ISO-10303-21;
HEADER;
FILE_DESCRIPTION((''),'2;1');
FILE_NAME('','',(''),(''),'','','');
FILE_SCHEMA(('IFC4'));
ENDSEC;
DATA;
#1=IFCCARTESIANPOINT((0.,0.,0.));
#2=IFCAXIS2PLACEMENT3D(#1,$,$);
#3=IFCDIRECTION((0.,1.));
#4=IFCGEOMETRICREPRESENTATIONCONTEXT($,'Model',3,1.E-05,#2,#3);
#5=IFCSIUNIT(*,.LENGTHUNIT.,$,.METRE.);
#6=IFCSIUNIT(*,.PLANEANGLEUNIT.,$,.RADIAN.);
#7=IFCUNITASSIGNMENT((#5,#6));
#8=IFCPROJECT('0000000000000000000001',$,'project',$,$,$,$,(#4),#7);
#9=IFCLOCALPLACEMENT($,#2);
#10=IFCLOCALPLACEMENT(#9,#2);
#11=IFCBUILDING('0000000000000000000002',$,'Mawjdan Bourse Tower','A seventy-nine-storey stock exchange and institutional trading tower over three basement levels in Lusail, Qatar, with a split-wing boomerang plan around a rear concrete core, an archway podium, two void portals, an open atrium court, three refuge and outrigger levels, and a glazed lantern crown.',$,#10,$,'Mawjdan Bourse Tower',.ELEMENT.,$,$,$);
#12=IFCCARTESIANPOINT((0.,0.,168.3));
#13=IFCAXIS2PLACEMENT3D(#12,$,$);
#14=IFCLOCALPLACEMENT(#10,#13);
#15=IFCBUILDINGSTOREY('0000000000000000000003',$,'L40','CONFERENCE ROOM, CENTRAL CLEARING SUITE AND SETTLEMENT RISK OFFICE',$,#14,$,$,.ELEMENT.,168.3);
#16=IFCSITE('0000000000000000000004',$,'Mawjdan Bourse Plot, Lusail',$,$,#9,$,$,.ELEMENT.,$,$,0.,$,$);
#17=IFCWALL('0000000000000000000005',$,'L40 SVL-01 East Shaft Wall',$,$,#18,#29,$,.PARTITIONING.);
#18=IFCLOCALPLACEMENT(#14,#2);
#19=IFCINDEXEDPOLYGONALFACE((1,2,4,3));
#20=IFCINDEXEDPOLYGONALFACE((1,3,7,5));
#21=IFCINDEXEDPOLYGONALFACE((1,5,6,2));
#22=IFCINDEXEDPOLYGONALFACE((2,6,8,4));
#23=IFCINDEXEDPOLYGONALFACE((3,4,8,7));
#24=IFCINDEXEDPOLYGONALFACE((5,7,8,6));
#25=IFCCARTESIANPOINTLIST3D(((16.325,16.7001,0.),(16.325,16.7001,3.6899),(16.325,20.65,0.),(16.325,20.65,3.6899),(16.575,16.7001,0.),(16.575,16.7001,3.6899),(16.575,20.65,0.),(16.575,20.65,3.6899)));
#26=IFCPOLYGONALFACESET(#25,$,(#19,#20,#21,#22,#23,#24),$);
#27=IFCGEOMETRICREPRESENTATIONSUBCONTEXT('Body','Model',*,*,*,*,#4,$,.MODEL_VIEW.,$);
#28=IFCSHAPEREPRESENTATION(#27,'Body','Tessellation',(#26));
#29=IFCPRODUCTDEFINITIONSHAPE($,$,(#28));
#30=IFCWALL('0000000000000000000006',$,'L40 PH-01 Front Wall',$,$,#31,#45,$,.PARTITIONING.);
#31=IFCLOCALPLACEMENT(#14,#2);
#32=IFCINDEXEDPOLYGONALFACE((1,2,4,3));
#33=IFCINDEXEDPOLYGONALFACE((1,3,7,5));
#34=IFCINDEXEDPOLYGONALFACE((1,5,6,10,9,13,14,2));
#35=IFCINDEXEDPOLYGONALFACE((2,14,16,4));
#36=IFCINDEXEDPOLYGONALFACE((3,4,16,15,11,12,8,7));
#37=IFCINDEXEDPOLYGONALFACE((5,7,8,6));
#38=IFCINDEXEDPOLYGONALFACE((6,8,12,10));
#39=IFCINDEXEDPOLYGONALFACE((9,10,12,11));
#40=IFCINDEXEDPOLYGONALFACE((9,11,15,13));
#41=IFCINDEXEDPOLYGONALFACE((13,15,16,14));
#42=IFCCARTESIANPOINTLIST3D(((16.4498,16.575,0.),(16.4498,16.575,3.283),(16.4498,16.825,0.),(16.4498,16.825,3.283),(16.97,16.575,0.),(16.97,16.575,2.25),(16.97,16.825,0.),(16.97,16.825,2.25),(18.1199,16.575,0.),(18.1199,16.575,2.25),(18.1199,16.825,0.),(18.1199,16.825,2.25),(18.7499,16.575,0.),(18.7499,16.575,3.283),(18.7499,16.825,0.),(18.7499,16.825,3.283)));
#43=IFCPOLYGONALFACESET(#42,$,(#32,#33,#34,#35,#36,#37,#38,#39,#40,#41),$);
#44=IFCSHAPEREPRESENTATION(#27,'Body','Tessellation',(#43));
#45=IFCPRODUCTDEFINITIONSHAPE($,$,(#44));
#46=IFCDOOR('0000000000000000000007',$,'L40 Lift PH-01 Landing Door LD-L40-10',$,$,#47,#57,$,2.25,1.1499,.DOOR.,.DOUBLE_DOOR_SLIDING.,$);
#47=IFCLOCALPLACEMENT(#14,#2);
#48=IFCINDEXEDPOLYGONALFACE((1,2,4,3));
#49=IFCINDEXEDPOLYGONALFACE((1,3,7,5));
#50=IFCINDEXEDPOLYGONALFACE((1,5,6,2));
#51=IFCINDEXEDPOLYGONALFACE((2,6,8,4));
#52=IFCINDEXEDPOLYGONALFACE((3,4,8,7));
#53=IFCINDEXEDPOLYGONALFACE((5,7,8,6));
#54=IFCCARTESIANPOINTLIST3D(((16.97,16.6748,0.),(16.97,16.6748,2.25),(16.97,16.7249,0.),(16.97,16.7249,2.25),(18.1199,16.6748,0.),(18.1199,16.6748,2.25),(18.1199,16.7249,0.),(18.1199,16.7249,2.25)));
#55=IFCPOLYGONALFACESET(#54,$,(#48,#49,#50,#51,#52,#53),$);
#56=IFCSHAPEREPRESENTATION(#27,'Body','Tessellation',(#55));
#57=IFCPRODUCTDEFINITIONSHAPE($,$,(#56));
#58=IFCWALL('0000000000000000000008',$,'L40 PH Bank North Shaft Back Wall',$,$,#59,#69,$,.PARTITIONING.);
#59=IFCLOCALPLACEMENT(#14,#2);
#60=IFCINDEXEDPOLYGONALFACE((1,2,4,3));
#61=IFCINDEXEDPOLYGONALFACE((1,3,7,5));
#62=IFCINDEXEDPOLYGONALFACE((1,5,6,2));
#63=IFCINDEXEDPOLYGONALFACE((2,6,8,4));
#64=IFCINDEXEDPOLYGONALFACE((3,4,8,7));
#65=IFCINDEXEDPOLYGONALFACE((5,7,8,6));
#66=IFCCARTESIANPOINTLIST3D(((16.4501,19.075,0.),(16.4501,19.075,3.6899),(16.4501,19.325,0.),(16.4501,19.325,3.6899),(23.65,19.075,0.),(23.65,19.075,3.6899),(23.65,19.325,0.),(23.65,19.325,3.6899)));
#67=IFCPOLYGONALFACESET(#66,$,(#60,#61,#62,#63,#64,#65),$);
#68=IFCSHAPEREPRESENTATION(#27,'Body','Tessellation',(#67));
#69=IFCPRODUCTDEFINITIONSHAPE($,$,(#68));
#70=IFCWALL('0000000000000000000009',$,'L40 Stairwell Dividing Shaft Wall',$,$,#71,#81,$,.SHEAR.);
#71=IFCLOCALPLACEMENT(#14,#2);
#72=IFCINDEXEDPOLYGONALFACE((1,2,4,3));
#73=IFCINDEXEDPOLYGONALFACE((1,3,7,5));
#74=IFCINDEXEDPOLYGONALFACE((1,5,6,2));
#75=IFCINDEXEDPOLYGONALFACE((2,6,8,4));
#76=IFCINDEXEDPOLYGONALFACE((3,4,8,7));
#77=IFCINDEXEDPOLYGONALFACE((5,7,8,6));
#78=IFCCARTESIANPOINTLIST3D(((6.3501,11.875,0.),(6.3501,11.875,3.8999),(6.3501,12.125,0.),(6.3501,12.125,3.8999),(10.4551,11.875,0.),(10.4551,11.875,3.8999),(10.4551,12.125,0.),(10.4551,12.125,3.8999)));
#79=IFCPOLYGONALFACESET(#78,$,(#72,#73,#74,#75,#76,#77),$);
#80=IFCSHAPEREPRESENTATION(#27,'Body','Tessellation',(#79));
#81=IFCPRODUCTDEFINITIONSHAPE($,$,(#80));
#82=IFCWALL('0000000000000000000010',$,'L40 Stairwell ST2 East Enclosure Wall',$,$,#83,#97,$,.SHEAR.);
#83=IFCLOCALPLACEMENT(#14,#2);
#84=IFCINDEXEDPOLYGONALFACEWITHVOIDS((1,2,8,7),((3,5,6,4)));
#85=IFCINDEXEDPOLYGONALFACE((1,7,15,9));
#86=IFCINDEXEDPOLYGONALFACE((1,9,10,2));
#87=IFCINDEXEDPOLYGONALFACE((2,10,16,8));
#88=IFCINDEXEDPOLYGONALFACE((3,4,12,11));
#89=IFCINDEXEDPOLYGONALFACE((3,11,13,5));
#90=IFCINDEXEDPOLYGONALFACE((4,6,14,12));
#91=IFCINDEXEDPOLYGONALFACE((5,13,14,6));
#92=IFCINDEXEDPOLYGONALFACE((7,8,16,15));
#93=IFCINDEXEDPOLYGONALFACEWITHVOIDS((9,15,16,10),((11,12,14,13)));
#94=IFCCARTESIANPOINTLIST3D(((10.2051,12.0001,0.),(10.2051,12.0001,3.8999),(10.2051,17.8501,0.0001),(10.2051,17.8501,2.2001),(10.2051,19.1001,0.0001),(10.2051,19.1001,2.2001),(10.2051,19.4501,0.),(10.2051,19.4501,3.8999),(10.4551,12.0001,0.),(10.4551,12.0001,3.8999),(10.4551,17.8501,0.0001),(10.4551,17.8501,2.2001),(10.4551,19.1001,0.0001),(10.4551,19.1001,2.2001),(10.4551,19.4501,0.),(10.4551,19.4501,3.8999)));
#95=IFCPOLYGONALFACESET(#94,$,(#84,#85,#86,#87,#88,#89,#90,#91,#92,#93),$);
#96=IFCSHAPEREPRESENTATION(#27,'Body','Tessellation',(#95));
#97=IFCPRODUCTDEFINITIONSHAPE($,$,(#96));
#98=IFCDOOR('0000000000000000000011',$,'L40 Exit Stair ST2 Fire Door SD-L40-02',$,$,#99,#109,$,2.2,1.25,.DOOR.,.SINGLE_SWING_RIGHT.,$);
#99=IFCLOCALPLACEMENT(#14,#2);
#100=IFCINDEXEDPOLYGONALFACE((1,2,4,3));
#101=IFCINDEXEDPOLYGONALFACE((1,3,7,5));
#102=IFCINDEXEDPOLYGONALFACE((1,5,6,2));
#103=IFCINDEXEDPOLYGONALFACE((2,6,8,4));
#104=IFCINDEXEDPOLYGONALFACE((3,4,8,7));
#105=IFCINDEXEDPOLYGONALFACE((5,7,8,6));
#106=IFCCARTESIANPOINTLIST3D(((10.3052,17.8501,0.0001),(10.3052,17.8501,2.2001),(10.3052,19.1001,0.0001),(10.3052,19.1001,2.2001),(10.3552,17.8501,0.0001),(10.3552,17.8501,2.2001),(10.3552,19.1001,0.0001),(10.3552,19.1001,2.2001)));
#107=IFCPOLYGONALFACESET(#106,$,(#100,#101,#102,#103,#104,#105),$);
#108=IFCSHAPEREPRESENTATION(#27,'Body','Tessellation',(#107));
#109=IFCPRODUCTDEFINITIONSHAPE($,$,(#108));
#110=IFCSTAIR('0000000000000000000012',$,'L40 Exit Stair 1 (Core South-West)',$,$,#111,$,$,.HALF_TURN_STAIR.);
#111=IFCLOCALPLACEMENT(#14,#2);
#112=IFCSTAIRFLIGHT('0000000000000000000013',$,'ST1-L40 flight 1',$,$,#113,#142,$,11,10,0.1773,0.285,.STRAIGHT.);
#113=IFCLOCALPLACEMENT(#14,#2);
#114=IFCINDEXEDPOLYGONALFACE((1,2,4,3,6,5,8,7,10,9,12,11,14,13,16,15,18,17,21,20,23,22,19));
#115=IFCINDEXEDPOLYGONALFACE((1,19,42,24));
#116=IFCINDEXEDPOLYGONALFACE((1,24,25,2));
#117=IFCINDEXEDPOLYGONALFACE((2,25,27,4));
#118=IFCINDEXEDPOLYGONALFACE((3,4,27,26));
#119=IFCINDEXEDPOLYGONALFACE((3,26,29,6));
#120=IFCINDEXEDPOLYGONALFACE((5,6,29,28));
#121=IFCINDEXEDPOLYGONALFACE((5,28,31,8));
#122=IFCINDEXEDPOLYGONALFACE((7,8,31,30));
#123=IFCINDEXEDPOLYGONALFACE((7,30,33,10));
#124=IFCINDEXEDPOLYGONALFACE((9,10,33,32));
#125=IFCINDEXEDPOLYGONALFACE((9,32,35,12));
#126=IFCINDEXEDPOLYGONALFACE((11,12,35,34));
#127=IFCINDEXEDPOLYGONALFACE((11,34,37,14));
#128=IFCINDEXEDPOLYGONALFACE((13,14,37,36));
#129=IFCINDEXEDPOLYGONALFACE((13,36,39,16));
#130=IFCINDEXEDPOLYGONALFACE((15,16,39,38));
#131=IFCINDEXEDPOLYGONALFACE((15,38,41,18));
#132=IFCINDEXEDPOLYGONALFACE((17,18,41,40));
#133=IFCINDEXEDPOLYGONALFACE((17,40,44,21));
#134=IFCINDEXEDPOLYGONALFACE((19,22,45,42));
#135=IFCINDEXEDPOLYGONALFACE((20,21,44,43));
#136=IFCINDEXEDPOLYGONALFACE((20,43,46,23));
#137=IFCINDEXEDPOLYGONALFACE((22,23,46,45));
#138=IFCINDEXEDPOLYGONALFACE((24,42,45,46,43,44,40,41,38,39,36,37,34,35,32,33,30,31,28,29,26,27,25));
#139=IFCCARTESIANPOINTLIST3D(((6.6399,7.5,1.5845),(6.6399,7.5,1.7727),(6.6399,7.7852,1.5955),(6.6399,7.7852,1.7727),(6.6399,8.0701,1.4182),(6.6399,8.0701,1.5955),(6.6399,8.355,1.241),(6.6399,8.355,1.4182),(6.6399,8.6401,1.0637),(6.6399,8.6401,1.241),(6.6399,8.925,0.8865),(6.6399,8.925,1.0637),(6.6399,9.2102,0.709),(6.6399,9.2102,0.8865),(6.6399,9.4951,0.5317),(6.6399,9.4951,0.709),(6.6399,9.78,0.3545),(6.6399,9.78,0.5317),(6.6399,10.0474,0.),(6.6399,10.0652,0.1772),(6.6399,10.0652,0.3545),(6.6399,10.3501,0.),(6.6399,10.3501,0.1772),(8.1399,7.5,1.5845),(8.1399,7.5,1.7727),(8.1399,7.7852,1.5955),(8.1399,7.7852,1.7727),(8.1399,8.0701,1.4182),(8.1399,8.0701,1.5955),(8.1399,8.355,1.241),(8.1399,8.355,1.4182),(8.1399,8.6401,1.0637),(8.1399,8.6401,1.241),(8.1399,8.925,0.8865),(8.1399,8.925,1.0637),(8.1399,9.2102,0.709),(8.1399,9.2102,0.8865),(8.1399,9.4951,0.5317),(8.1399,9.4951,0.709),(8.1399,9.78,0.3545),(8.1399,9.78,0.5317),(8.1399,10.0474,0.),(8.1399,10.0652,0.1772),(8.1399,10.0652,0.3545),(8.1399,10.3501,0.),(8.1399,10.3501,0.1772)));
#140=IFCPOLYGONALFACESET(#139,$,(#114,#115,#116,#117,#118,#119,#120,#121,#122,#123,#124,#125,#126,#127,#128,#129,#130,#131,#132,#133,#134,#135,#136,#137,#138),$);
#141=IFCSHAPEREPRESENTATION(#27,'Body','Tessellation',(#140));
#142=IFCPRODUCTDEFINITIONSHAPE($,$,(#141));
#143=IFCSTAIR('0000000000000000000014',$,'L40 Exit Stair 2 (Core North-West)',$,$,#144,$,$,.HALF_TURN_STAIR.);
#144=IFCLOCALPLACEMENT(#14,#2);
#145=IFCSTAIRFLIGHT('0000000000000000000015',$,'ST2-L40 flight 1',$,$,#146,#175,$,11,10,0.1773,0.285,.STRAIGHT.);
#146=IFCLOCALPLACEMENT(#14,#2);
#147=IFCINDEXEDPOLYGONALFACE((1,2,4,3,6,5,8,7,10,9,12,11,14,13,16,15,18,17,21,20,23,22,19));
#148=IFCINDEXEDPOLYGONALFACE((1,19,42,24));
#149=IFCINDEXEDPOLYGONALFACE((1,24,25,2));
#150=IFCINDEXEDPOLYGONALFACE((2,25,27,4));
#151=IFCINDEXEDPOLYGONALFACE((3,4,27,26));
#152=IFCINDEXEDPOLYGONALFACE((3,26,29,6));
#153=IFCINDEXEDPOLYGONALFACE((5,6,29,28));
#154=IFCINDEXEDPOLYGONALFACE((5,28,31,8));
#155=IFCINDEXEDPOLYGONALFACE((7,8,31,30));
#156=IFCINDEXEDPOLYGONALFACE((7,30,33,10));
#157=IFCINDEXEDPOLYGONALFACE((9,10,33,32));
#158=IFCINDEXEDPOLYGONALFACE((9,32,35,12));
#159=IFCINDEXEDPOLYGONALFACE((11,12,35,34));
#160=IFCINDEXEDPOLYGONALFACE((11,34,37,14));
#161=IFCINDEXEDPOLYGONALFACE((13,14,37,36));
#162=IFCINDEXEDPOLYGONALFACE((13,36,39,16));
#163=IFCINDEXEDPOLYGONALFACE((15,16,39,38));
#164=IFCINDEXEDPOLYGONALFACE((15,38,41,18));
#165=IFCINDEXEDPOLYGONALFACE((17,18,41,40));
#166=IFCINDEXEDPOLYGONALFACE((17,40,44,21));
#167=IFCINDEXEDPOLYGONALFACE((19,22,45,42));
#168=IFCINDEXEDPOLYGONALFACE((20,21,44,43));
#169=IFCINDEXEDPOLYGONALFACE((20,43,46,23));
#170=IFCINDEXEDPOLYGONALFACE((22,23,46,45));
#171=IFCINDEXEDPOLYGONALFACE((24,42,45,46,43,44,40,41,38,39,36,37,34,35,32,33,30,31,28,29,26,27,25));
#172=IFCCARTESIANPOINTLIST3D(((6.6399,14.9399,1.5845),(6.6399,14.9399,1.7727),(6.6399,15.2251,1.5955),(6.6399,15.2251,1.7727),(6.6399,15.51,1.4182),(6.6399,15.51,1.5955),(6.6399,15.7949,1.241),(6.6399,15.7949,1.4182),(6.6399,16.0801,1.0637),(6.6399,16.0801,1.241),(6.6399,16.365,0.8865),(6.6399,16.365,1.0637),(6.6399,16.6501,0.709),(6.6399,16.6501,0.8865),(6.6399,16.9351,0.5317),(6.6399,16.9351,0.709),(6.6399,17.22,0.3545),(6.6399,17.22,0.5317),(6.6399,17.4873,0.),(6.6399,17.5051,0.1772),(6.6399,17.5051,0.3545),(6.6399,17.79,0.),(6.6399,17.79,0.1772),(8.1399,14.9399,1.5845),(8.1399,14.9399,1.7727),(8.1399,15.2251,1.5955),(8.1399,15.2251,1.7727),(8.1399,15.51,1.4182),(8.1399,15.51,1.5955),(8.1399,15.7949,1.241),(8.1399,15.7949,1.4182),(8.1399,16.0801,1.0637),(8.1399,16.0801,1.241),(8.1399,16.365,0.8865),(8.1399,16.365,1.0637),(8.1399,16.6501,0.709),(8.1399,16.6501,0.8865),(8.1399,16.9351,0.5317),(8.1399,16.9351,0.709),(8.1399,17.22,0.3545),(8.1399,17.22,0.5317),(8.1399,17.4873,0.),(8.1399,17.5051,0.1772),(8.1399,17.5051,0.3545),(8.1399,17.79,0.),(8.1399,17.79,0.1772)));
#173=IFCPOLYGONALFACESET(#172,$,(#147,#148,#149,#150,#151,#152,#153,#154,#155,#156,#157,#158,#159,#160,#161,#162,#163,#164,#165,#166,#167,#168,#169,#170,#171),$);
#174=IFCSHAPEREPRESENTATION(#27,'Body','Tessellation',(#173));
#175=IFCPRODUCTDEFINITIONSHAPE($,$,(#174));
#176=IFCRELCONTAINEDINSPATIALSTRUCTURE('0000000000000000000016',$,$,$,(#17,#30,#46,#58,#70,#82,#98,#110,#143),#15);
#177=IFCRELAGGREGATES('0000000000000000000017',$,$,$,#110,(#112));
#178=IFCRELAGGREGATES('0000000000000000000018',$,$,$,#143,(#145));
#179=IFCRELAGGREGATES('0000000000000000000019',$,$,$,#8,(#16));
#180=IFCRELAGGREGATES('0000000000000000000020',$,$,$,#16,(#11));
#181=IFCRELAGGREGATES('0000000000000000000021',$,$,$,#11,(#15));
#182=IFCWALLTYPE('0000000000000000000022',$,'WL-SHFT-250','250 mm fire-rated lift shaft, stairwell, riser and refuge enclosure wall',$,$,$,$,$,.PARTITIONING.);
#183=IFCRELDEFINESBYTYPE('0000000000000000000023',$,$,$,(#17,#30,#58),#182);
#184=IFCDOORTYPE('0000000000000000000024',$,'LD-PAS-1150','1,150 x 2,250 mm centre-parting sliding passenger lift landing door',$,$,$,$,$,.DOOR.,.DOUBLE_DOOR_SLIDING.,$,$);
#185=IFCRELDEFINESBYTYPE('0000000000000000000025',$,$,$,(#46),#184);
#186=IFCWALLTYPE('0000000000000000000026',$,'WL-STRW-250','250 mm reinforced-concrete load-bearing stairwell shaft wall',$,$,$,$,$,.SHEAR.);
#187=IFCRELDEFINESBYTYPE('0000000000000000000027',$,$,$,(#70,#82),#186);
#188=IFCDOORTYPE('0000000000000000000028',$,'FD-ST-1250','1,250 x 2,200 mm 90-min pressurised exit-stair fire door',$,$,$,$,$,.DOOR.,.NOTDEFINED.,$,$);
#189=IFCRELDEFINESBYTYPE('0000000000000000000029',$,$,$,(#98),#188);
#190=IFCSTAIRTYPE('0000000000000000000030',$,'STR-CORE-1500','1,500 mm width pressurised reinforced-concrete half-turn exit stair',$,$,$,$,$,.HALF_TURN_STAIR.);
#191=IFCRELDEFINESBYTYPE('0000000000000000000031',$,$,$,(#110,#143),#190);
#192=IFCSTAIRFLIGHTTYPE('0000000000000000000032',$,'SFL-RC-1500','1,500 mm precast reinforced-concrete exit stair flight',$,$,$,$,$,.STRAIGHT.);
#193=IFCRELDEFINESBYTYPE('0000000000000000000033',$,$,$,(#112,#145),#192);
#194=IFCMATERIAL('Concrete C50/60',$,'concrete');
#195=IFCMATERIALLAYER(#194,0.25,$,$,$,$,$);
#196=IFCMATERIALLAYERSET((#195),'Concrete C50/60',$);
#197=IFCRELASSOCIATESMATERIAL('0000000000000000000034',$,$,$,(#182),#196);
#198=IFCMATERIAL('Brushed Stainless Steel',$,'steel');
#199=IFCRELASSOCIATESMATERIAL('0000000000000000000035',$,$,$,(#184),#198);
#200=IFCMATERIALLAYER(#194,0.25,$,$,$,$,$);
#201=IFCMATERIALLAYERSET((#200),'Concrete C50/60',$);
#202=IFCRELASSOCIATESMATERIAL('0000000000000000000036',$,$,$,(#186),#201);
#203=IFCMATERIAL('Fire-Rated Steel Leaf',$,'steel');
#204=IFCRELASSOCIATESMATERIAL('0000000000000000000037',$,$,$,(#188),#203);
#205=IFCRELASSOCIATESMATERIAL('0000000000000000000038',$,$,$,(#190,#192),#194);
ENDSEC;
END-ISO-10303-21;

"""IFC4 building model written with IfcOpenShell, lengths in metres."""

from ifc_helpers import new_model, si_unit, direction, frame, frame_2d, origin, place, context, subcontext, project, spatial, polyline, rectangle, outline, extrude, material, layer, layer_set, type_object, element, fill, aggregate, save


model = new_model("IFC4")

# Units and contexts
model_context = context("Model", 3, precision=1e-05, world=origin(), true_north=direction((0.0, 1.0)))
body_context = subcontext(model_context, "Body", "Model", "MODEL_VIEW")
ifc_project = project(units=[si_unit("LENGTHUNIT", "METRE"), si_unit("PLANEANGLEUNIT", "RADIAN")], contexts=[model_context])

# Site, building, storey
site_placement = place(None, origin())
site = spatial("IfcSite", under=ifc_project, at=site_placement, Name="Mawjdan Bourse Plot, Lusail", CompositionType="ELEMENT", RefElevation=0.0)
building_placement = place(site_placement, origin())
building = spatial("IfcBuilding", under=site, at=building_placement, Name="Mawjdan Bourse Tower", Description="A seventy-nine-storey stock exchange and institutional trading tower over three basement levels in Lusail, Qatar, with a split-wing boomerang plan around a rear concrete core, an archway podium, two void portals, an open atrium court, three refuge and outrigger levels, and a glazed lantern crown.", LongName="Mawjdan Bourse Tower", CompositionType="ELEMENT")
storey_placement = place(building_placement, frame((0.0, 0.0, 168.3)))
storey = spatial("IfcBuildingStorey", under=building, at=storey_placement, Name="L40", Description="CONFERENCE ROOM, CENTRAL CLEARING SUITE AND SETTLEMENT RISK OFFICE", CompositionType="ELEMENT", Elevation=168.3)

# Shared definitions
ifc_material_1 = material(Name="Concrete C50/60", Category="concrete")
ifc_layer_1 = layer(ifc_material_1, 0.25)
ifc_layer_set_1 = layer_set([ifc_layer_1], Name="Concrete C50/60")
wall_type_1 = type_object("IfcWallType", Name="WL-SHFT-250", Description="250 mm fire-rated lift shaft, stairwell, riser and refuge enclosure wall", PredefinedType="PARTITIONING", material=ifc_layer_set_1)
ifc_material_2 = material(Name="Brushed Stainless Steel", Category="steel")

# Wall
for number, where, z_axis, x_axis, name in (
    (1, (16.45, 16.7, 0.0), (0.0, 0.0, 1.0), (0.0, 1.0, 0.0), "L40 SVL-01 East Shaft Wall"),
):
    element("IfcWall", number, at=place(storey_placement, frame(where, z_axis=z_axis, x_axis=x_axis)), inside=storey, type_object=wall_type_1, Name=name, PredefinedType="PARTITIONING", context=body_context, shape_type="SweptSolid", body=[
        extrude(rectangle(XDim=3.95, YDim=0.25, at=frame_2d((1.9751, 0.0))), origin(), (0.0, 0.0, 1.0), 3.6899),
    ])

# Wall, opening, door
wall_1_placement = place(storey_placement, frame((16.45, 16.7, 0.0), z_axis=(0.0, 0.0, 1.0), x_axis=(1.0, 0.0, 0.0)))
wall_1 = element("IfcWall", 2, at=wall_1_placement, inside=storey, type_object=wall_type_1, Name="L40 PH-01 Front Wall", PredefinedType="PARTITIONING", context=body_context, shape_type="SweptSolid", body=[
    extrude(rectangle(XDim=2.3, YDim=0.25, at=frame_2d((1.1499, 0.0))), origin(), (0.0, 0.0, 1.0), 3.283),
])
opening_1_placement = place(wall_1_placement, frame((0.52, 0.0, 0.0)))
opening_1 = element("IfcOpeningElement", 3, at=opening_1_placement, cuts=wall_1, PredefinedType="OPENING", context=body_context, shape_type="SweptSolid", body=[
    extrude(rectangle(XDim=1.1499, YDim=2.25, at=frame_2d((0.575, 1.125))), frame((0.0, 0.135, 0.0), z_axis=(0.0, -1.0, 0.0), x_axis=(1.0, 0.0, 0.0)), (0.0, 0.0, 1.0), 0.27),
])
door_type_1 = type_object("IfcDoorType", Name="LD-PAS-1150", Description="1,150 x 2,250 mm centre-parting sliding passenger lift landing door", OperationType="DOUBLE_DOOR_SLIDING", PredefinedType="DOOR", material=ifc_material_2)
door_1_placement = place(opening_1_placement, origin())
door_1 = element("IfcDoor", 4, at=door_1_placement, inside=storey, type_object=door_type_1, Name="L40 Lift PH-01 Landing Door LD-L40-10", OperationType="DOUBLE_DOOR_SLIDING", OverallHeight=2.25, OverallWidth=1.1499, PredefinedType="DOOR", context=body_context, shape_type="SweptSolid", body=[
    extrude(rectangle(XDim=1.1499, YDim=2.25, at=frame_2d((0.575, 1.125))), frame((0.0, 0.0249, 0.0), z_axis=(0.0, -1.0, 0.0), x_axis=(1.0, 0.0, 0.0)), (0.0, 0.0, 1.0), 0.05),
])
fill(opening_1, door_1)

# Walls
wall_2_placement = place(storey_placement, frame((16.45, 19.2, 0.0), z_axis=(0.0, 0.0, 1.0), x_axis=(1.0, 0.0, 0.0)))
element("IfcWall", 5, at=wall_2_placement, inside=storey, type_object=wall_type_1, Name="L40 PH Bank North Shaft Back Wall", PredefinedType="PARTITIONING", context=body_context, shape_type="SweptSolid", body=[
    extrude(rectangle(XDim=7.2, YDim=0.25, at=frame_2d((3.6001, 0.0))), origin(), (0.0, 0.0, 1.0), 3.6899),
])
ifc_layer_2 = layer(ifc_material_1, 0.25)
ifc_layer_set_2 = layer_set([ifc_layer_2], Name="Concrete C50/60")
wall_type_2 = type_object("IfcWallType", Name="WL-STRW-250", Description="250 mm reinforced-concrete load-bearing stairwell shaft wall", PredefinedType="SHEAR", material=ifc_layer_set_2)
wall_3_placement = place(storey_placement, frame((6.3501, 12.0, 0.0), z_axis=(0.0, 0.0, 1.0), x_axis=(1.0, 0.0, 0.0)))
element("IfcWall", 6, at=wall_3_placement, inside=storey, type_object=wall_type_2, Name="L40 Stairwell Dividing Shaft Wall", PredefinedType="SHEAR", context=body_context, shape_type="SweptSolid", body=[
    extrude(rectangle(XDim=4.105, YDim=0.25, at=frame_2d((2.0525, 0.0))), origin(), (0.0, 0.0, 1.0), 3.8999),
])

# Wall, opening, door
wall_4_placement = place(storey_placement, frame((10.3301, 12.0, 0.0), z_axis=(0.0, 0.0, 1.0), x_axis=(0.0, 1.0, 0.0)))
wall_4 = element("IfcWall", 7, at=wall_4_placement, inside=storey, type_object=wall_type_2, Name="L40 Stairwell ST2 East Enclosure Wall", PredefinedType="SHEAR", context=body_context, shape_type="SweptSolid", body=[
    extrude(rectangle(XDim=7.45, YDim=0.25, at=frame_2d((3.7251, 0.0))), origin(), (0.0, 0.0, 1.0), 3.8999),
])
opening_2_placement = place(wall_4_placement, frame((5.8501, 0.0, 0.0)))
opening_2 = element("IfcOpeningElement", 8, at=opening_2_placement, cuts=wall_4, PredefinedType="OPENING", context=body_context, shape_type="SweptSolid", body=[
    extrude(rectangle(XDim=1.25, YDim=2.2, at=frame_2d((0.625, 1.1001))), frame((0.0, 0.135, 0.0), z_axis=(0.0, -1.0, 0.0), x_axis=(1.0, 0.0, 0.0)), (0.0, 0.0, 1.0), 0.27),
])
ifc_material_3 = material(Name="Fire-Rated Steel Leaf", Category="steel")
door_type_2 = type_object("IfcDoorType", Name="FD-ST-1250", Description="1,250 x 2,200 mm 90-min pressurised exit-stair fire door", OperationType="NOTDEFINED", PredefinedType="DOOR", material=ifc_material_3)
door_2_placement = place(opening_2_placement, origin())
door_2 = element("IfcDoor", 9, at=door_2_placement, inside=storey, type_object=door_type_2, Name="L40 Exit Stair ST2 Fire Door SD-L40-02", OperationType="SINGLE_SWING_RIGHT", OverallHeight=2.2, OverallWidth=1.25, PredefinedType="DOOR", context=body_context, shape_type="SweptSolid", body=[
    extrude(rectangle(XDim=1.25, YDim=2.2, at=frame_2d((0.625, 1.1001))), frame((0.0, 0.0249, 0.0), z_axis=(0.0, -1.0, 0.0), x_axis=(1.0, 0.0, 0.0)), (0.0, 0.0, 1.0), 0.05),
])
fill(opening_2, door_2)

# Stair, stair flight
stair_type = type_object("IfcStairType", Name="STR-CORE-1500", Description="1,500 mm width pressurised reinforced-concrete half-turn exit stair", PredefinedType="HALF_TURN_STAIR", material=ifc_material_1)
stair_1_placement = place(storey_placement, origin())
stair_1 = element("IfcStair", 10, at=stair_1_placement, inside=storey, type_object=stair_type, Name="L40 Exit Stair 1 (Core South-West)", PredefinedType="HALF_TURN_STAIR")
stair_flight_type = type_object("IfcStairFlightType", Name="SFL-RC-1500", Description="1,500 mm precast reinforced-concrete exit stair flight", PredefinedType="STRAIGHT", material=ifc_material_1)
stair_flight_1_placement = place(storey_placement, frame((7.3899, 10.3501, 0.0), z_axis=(0.0, 0.0, 1.0), x_axis=(0.0, -1.0, 0.0)))
stair_flight_1 = element("IfcStairFlight", 11, at=stair_flight_1_placement, type_object=stair_flight_type, Name="ST1-L40 flight 1", NumberOfRisers=11, NumberOfTreads=10, PredefinedType="STRAIGHT", RiserHeight=0.1773, TreadLength=0.285, context=body_context, shape_type="SweptSolid", body=[
    extrude(outline(polyline([(0.0, 0.0), (0.0, 0.1772), (0.2849, 0.1772), (0.2849, 0.3545), (0.5701, 0.3545), (0.5701, 0.5317), (0.855, 0.5317), (0.855, 0.709), (1.1399, 0.709), (1.1399, 0.8865), (1.425, 0.8865), (1.425, 1.0637), (1.71, 1.0637), (1.71, 1.241), (1.9951, 1.241), (1.9951, 1.4182), (2.28, 1.4182), (2.28, 1.5955), (2.5649, 1.5955), (2.5649, 1.7727), (2.8501, 1.7727), (2.8501, 1.95), (2.8501, 1.5845), (0.3027, 0.0), (0.0, 0.0)])), frame((0.0, 0.75, 0.0), z_axis=(0.0, -1.0, 0.0), x_axis=(1.0, 0.0, 0.0)), (0.0, 0.0, 1.0), 1.5),
])
aggregate(stair_1, [stair_flight_1])

# Stair, stair flight
stair_2_placement = place(storey_placement, origin())
stair_2 = element("IfcStair", 12, at=stair_2_placement, inside=storey, type_object=stair_type, Name="L40 Exit Stair 2 (Core North-West)", PredefinedType="HALF_TURN_STAIR")
stair_flight_2_placement = place(storey_placement, frame((7.3899, 17.79, 0.0), z_axis=(0.0, 0.0, 1.0), x_axis=(0.0, -1.0, 0.0)))
stair_flight_2 = element("IfcStairFlight", 13, at=stair_flight_2_placement, type_object=stair_flight_type, Name="ST2-L40 flight 1", NumberOfRisers=11, NumberOfTreads=10, PredefinedType="STRAIGHT", RiserHeight=0.1773, TreadLength=0.285, context=body_context, shape_type="SweptSolid", body=[
    extrude(outline(polyline([(0.0, 0.0), (0.0, 0.1772), (0.2849, 0.1772), (0.2849, 0.3545), (0.5701, 0.3545), (0.5701, 0.5317), (0.855, 0.5317), (0.855, 0.709), (1.1399, 0.709), (1.1399, 0.8865), (1.425, 0.8865), (1.425, 1.0637), (1.71, 1.0637), (1.71, 1.241), (1.9951, 1.241), (1.9951, 1.4182), (2.28, 1.4182), (2.28, 1.5955), (2.5649, 1.5955), (2.5649, 1.7727), (2.8501, 1.7727), (2.8501, 1.95), (2.8501, 1.5845), (0.3027, 0.0), (0.0, 0.0)])), frame((0.0, 0.75, 0.0), z_axis=(0.0, -1.0, 0.0), x_axis=(1.0, 0.0, 0.0)), (0.0, 0.0, 1.0), 1.5),
])
aggregate(stair_2, [stair_flight_2])

save(model, "model.ifc")
